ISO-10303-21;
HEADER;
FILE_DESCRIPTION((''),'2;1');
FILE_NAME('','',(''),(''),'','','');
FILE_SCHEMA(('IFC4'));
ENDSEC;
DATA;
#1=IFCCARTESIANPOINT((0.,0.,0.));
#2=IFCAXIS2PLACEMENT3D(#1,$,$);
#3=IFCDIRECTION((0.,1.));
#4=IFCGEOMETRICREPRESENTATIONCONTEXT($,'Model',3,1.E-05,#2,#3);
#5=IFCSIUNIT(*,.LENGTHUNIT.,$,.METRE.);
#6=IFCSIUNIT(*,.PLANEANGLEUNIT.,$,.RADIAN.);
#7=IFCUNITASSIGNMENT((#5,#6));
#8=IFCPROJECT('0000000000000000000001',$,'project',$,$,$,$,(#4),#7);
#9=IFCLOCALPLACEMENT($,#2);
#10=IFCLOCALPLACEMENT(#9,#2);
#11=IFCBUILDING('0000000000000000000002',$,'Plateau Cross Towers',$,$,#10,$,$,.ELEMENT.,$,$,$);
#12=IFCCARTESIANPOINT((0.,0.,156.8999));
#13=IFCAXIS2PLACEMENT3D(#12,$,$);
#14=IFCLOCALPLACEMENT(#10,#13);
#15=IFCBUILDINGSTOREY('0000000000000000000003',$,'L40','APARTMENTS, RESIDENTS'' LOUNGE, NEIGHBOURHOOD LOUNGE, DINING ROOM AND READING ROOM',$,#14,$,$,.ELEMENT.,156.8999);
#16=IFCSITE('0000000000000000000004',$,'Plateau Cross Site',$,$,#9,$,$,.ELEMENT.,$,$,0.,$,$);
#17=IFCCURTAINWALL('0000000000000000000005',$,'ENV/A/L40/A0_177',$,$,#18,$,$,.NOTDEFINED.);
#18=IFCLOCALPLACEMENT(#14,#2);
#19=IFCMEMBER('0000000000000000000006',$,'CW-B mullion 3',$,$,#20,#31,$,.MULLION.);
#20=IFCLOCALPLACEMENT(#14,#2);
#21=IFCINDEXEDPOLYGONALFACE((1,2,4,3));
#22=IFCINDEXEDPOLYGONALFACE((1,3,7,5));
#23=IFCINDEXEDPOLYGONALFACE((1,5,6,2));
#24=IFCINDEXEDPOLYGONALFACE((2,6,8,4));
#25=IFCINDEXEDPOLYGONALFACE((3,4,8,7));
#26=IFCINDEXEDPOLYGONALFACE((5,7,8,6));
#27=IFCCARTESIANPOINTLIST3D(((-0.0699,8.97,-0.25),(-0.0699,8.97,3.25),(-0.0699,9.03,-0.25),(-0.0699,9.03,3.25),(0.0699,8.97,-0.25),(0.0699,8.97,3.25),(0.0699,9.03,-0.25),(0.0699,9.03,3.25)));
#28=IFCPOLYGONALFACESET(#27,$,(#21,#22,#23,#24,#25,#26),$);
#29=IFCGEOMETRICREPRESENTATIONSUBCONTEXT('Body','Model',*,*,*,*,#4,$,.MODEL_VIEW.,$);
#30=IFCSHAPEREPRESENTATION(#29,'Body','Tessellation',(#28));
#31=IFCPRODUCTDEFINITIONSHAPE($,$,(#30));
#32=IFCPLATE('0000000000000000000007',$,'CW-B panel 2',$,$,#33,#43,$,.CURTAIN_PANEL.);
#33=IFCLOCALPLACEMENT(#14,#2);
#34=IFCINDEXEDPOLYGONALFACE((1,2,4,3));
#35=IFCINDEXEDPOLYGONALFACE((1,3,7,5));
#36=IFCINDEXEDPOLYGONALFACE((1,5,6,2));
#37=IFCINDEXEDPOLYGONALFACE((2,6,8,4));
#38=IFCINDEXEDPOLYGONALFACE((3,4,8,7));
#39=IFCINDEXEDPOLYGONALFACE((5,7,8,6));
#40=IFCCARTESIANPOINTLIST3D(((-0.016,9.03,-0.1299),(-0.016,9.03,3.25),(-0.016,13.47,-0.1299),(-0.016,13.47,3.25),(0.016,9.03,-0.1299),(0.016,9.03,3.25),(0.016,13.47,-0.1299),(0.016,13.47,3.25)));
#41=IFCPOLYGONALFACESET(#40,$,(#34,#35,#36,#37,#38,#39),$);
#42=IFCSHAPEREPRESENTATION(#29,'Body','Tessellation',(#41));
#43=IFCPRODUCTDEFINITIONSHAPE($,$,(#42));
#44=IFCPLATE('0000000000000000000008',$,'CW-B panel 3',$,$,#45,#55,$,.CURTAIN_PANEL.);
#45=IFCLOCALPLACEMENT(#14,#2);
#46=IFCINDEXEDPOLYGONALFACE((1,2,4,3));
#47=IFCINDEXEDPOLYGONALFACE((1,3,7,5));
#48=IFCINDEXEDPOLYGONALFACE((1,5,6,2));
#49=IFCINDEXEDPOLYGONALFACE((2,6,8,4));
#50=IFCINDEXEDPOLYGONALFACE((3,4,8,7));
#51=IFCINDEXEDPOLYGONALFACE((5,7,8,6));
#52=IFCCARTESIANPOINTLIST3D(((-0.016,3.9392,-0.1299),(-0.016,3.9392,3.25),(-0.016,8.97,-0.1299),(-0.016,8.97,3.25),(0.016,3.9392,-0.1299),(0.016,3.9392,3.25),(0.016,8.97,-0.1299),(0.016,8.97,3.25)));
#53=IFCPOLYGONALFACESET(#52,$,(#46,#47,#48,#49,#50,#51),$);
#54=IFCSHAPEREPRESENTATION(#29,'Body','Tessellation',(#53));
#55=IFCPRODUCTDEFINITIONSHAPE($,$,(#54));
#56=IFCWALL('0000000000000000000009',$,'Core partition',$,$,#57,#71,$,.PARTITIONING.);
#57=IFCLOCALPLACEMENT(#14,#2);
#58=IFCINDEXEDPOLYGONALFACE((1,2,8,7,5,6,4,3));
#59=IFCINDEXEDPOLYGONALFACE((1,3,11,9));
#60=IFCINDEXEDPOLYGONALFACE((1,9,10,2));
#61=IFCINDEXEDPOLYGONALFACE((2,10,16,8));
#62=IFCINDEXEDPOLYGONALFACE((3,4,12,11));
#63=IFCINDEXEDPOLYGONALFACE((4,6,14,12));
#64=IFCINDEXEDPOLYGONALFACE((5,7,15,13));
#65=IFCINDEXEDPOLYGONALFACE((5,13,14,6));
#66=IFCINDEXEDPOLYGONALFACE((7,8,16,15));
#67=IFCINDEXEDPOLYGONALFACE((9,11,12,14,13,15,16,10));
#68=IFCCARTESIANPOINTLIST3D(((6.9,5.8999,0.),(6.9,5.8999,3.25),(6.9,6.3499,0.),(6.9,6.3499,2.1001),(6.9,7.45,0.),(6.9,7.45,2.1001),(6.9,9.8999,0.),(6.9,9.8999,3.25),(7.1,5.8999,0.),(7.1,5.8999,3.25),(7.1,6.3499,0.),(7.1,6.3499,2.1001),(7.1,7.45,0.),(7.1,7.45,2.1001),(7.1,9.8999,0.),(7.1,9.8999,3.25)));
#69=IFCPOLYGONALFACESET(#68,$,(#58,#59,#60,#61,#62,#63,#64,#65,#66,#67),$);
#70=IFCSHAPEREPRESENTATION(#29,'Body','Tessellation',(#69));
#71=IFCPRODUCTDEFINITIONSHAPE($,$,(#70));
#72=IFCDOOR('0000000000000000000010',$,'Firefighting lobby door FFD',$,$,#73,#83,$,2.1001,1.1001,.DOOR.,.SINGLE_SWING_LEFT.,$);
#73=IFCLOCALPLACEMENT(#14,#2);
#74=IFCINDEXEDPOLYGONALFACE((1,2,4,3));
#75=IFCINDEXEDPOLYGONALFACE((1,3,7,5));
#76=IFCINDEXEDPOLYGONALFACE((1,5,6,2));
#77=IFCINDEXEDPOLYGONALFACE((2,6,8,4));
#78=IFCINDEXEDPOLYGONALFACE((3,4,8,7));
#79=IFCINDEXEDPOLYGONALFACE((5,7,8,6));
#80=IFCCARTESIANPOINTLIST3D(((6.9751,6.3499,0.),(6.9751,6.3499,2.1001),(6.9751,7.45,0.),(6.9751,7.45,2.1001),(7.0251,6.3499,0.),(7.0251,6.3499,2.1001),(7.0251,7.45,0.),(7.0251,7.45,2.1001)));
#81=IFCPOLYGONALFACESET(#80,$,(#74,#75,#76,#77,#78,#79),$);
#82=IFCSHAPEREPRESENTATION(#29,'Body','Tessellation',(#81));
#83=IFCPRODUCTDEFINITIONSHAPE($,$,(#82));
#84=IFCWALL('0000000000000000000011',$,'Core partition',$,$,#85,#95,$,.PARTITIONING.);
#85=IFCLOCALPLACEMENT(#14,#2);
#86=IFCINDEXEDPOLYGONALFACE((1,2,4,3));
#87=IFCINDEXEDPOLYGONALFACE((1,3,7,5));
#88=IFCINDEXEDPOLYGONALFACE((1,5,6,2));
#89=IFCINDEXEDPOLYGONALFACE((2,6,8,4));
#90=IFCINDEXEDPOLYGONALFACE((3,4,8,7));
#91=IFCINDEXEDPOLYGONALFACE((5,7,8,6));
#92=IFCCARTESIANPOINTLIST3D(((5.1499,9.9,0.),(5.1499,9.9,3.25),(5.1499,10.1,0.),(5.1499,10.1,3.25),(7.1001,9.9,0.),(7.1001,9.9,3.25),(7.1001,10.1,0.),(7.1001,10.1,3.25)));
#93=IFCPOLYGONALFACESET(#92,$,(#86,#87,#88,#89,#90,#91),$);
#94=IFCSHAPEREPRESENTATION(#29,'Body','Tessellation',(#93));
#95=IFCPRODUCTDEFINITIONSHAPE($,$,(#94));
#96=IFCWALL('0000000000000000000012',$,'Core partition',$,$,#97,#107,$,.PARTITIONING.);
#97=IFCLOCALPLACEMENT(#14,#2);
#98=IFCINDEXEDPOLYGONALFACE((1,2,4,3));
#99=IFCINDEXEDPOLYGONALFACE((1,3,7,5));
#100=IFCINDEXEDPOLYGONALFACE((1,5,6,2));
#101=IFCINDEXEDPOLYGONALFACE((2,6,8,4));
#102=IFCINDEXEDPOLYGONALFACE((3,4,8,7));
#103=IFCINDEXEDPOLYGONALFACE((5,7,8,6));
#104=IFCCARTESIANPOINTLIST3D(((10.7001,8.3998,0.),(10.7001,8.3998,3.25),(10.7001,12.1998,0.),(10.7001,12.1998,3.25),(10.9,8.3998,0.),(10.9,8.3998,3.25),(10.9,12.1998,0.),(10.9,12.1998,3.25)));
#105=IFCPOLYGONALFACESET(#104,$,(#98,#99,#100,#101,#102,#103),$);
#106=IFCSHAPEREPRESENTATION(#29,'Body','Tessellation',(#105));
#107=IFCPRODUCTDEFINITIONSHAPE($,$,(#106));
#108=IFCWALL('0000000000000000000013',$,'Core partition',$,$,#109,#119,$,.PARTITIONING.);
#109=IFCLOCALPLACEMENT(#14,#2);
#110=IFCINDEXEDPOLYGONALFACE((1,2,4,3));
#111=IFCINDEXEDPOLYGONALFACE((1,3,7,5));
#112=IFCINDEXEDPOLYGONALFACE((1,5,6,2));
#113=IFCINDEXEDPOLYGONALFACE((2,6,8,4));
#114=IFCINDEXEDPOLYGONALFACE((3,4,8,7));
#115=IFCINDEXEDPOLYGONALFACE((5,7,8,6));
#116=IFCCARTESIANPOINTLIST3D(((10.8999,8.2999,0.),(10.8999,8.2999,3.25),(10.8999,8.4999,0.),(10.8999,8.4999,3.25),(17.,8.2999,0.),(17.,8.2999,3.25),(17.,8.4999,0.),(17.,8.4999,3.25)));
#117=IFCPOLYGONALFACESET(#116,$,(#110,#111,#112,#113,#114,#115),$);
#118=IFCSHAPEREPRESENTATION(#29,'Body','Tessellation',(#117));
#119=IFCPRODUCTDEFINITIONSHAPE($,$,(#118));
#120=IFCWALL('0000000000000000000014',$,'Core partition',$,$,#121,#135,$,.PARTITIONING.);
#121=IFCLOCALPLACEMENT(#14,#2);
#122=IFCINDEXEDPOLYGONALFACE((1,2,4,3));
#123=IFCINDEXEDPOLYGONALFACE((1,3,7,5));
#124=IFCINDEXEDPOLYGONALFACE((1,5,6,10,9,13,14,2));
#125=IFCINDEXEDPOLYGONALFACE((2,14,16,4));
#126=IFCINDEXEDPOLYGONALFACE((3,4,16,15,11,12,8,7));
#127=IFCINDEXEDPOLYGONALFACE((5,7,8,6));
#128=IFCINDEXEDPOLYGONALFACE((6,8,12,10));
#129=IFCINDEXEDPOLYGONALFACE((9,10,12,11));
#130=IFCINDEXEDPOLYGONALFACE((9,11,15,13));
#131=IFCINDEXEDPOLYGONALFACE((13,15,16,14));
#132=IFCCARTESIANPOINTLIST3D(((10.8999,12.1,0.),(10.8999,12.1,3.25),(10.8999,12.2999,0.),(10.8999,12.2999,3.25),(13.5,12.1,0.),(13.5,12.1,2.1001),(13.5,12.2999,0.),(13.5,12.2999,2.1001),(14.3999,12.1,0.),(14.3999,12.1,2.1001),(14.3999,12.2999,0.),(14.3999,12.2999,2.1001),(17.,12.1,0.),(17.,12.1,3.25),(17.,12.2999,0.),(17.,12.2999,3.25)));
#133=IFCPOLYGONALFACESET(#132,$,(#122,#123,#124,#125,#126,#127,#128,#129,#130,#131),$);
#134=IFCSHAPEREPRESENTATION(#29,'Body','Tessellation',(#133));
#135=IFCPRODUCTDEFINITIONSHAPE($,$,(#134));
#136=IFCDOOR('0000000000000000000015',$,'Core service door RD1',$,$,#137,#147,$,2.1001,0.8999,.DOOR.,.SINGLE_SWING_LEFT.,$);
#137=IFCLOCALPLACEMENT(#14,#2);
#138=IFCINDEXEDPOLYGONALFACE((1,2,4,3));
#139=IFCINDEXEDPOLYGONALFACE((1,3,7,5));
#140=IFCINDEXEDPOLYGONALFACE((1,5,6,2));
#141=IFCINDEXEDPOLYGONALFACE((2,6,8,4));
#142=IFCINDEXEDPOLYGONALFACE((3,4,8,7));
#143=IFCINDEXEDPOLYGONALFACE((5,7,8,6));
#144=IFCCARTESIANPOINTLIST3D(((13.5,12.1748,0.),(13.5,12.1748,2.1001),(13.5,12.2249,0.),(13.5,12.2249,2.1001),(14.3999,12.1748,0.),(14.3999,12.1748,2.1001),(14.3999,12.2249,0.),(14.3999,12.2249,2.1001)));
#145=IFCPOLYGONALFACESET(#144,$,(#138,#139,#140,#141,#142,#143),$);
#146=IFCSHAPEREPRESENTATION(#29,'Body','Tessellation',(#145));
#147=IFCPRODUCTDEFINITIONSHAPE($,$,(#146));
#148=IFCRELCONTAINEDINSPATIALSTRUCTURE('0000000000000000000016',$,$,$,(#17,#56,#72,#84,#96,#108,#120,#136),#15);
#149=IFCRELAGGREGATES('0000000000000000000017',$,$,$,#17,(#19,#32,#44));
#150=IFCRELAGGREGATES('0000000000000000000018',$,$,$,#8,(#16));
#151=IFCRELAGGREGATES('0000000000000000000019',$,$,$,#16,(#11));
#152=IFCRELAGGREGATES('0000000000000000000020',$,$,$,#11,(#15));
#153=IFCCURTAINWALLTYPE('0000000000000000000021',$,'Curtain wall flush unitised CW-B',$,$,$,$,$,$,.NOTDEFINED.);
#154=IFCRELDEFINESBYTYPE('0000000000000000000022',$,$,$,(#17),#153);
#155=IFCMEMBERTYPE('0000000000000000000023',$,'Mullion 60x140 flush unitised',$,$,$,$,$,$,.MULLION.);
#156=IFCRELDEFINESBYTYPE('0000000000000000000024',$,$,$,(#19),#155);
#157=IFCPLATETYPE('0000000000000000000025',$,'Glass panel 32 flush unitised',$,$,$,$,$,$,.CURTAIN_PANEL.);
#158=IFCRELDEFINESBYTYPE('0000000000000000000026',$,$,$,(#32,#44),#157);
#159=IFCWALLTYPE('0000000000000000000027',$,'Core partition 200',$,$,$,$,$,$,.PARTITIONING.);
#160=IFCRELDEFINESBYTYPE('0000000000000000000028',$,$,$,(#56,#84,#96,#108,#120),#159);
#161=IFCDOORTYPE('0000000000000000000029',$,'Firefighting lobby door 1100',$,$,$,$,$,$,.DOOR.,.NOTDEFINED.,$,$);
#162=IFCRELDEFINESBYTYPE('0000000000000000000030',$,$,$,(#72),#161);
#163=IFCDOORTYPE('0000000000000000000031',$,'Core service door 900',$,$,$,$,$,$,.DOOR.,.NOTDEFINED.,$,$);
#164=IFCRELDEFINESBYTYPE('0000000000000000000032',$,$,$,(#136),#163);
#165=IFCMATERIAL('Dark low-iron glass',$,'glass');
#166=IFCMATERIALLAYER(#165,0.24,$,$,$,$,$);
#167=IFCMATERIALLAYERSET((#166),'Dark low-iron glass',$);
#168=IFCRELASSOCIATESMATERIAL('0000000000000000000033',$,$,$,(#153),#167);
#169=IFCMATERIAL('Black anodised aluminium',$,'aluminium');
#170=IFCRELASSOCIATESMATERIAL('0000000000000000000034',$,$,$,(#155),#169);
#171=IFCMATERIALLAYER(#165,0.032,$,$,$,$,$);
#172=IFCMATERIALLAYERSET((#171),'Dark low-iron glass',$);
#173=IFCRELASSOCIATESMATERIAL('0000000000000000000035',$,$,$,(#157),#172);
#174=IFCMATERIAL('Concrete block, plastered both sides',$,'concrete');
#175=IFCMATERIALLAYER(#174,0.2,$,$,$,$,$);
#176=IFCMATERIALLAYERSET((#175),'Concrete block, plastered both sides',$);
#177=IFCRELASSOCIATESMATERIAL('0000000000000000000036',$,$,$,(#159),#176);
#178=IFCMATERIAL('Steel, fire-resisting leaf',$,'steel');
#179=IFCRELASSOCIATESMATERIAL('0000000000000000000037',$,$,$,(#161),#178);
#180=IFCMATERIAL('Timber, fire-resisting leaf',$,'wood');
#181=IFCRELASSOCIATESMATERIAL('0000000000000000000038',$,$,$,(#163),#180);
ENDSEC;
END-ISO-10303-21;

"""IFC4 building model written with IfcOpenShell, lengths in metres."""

from ifc_helpers import new_model, si_unit, direction, frame, frame_2d, origin, origin_2d, place, context, subcontext, project, spatial, rectangle, extrude, material, layer, layer_set, material_profile, profile_set, type_object, element, fill, aggregate, save


model = new_model("IFC4")

# Units and contexts
model_context = context("Model", 3, precision=1e-05, world=origin(), true_north=direction((0.0, 1.0)))
body_context = subcontext(model_context, "Body", "Model", "MODEL_VIEW")
ifc_project = project(units=[si_unit("LENGTHUNIT", "METRE"), si_unit("PLANEANGLEUNIT", "RADIAN")], contexts=[model_context])

# Site, building, storey
site_placement = place(None, origin())
site = spatial("IfcSite", under=ifc_project, at=site_placement, Name="Plateau Cross Site", CompositionType="ELEMENT", RefElevation=0.0)
building_placement = place(site_placement, origin())
building = spatial("IfcBuilding", under=site, at=building_placement, Name="Plateau Cross Towers", CompositionType="ELEMENT")
storey_placement = place(building_placement, frame((0.0, 0.0, 156.8999)))
storey = spatial("IfcBuildingStorey", under=building, at=storey_placement, Name="L40", Description="APARTMENTS, RESIDENTS' LOUNGE, NEIGHBOURHOOD LOUNGE, DINING ROOM AND READING ROOM", CompositionType="ELEMENT", Elevation=156.8999)

# Curtain wall, member, plates
ifc_material_1 = material(Name="Dark low-iron glass", Category="glass")
ifc_layer_1 = layer(ifc_material_1, 0.24)
ifc_layer_set_1 = layer_set([ifc_layer_1], Name="Dark low-iron glass")
curtain_wall_type = type_object("IfcCurtainWallType", Name="Curtain wall flush unitised CW-B", PredefinedType="NOTDEFINED", material=ifc_layer_set_1)
curtain_wall_placement = place(storey_placement, origin())
curtain_wall = element("IfcCurtainWall", 1, at=curtain_wall_placement, inside=storey, type_object=curtain_wall_type, Name="ENV/A/L40/A0_177", PredefinedType="NOTDEFINED")
ifc_material_2 = material(Name="Black anodised aluminium", Category="aluminium")
ifc_material_profile = material_profile(ifc_material_2, rectangle(XDim=0.0601, YDim=0.1399, at=origin_2d()), Name="MULLION 60x140")
ifc_profile_set = profile_set([ifc_material_profile], Name="Black anodised aluminium")
member_type = type_object("IfcMemberType", Name="Mullion 60x140 flush unitised", PredefinedType="MULLION", material=ifc_profile_set)
member_placement = place(storey_placement, frame((0.0, 9.0, -0.25), z_axis=(0.0, 0.0, 1.0), x_axis=(0.0, -1.0, 0.0)))
member = element("IfcMember", 2, at=member_placement, type_object=member_type, Name="CW-B mullion 3", PredefinedType="MULLION", context=body_context, shape_type="SweptSolid", body=[
    extrude(rectangle(XDim=0.0601, YDim=0.1399, at=origin_2d()), origin(), (0.0, 0.0, 1.0), 3.5),
])
ifc_layer_2 = layer(ifc_material_1, 0.032)
ifc_layer_set_2 = layer_set([ifc_layer_2], Name="Dark low-iron glass")
plate_type = type_object("IfcPlateType", Name="Glass panel 32 flush unitised", PredefinedType="CURTAIN_PANEL", material=ifc_layer_set_2)
plate_1_placement = place(storey_placement, frame((0.0, 11.25, -0.1299), z_axis=(0.0, 0.0, 1.0), x_axis=(0.0, -1.0, 0.0)))
plate_1 = element("IfcPlate", 3, at=plate_1_placement, type_object=plate_type, Name="CW-B panel 2", PredefinedType="CURTAIN_PANEL", context=body_context, shape_type="SweptSolid", body=[
    extrude(rectangle(XDim=4.4399, YDim=0.032, at=origin_2d()), origin(), (0.0, 0.0, 1.0), 3.3799),
])
plate_2_placement = place(storey_placement, frame((0.0, 6.4546, -0.1299), z_axis=(0.0, 0.0, 1.0), x_axis=(0.0, -1.0, 0.0)))
plate_2 = element("IfcPlate", 4, at=plate_2_placement, type_object=plate_type, Name="CW-B panel 3", PredefinedType="CURTAIN_PANEL", context=body_context, shape_type="SweptSolid", body=[
    extrude(rectangle(XDim=5.0308, YDim=0.032, at=origin_2d()), origin(), (0.0, 0.0, 1.0), 3.3799),
])
aggregate(curtain_wall, [member, plate_1, plate_2])

# Wall, opening, door
ifc_material_3 = material(Name="Concrete block, plastered both sides", Category="concrete")
ifc_layer_3 = layer(ifc_material_3, 0.2)
ifc_layer_set_3 = layer_set([ifc_layer_3], Name="Concrete block, plastered both sides")
wall_type_1 = type_object("IfcWallType", Name="Core partition 200", PredefinedType="PARTITIONING", material=ifc_layer_set_3)
wall_1_placement = place(storey_placement, frame((7.0, 5.8999, 0.0), z_axis=(0.0, 0.0, 1.0), x_axis=(0.0, 1.0, 0.0)))
wall_1 = element("IfcWall", 5, at=wall_1_placement, inside=storey, type_object=wall_type_1, Name="Core partition", PredefinedType="PARTITIONING", context=body_context, shape_type="SweptSolid", body=[
    extrude(rectangle(XDim=4.0, YDim=0.2, at=frame_2d((2.0, 0.0))), origin(), (0.0, 0.0, 1.0), 3.25),
])
opening_1_placement = place(wall_1_placement, frame((0.45, 0.0, 0.0)))
opening_1 = element("IfcOpeningElement", 6, at=opening_1_placement, cuts=wall_1, PredefinedType="OPENING", context=body_context, shape_type="SweptSolid", body=[
    extrude(rectangle(XDim=1.1001, YDim=2.1001, at=frame_2d((0.55, 1.05))), frame((0.0, 0.1099, 0.0), z_axis=(0.0, -1.0, 0.0), x_axis=(1.0, 0.0, 0.0)), (0.0, 0.0, 1.0), 0.22),
])
ifc_material_4 = material(Name="Steel, fire-resisting leaf", Category="steel")
door_type_1 = type_object("IfcDoorType", Name="Firefighting lobby door 1100", OperationType="NOTDEFINED", PredefinedType="DOOR", material=ifc_material_4)
door_1_placement = place(opening_1_placement, origin())
door_1 = element("IfcDoor", 7, at=door_1_placement, inside=storey, type_object=door_type_1, Name="Firefighting lobby door FFD", OperationType="SINGLE_SWING_LEFT", OverallHeight=2.1001, OverallWidth=1.1001, PredefinedType="DOOR", context=body_context, shape_type="SweptSolid", body=[
    extrude(rectangle(XDim=1.1001, YDim=2.1001, at=frame_2d((0.55, 1.05))), frame((0.0, 0.0249, 0.0), z_axis=(0.0, -1.0, 0.0), x_axis=(1.0, 0.0, 0.0)), (0.0, 0.0, 1.0), 0.05),
])
fill(opening_1, door_1)

# Walls
wall_2_placement = place(storey_placement, frame((5.1499, 10.0, 0.0), z_axis=(0.0, 0.0, 1.0), x_axis=(1.0, 0.0, 0.0)))
element("IfcWall", 8, at=wall_2_placement, inside=storey, type_object=wall_type_1, Name="Core partition", PredefinedType="PARTITIONING", context=body_context, shape_type="SweptSolid", body=[
    extrude(rectangle(XDim=1.9502, YDim=0.2, at=frame_2d((0.9751, 0.0))), origin(), (0.0, 0.0, 1.0), 3.25),
])
wall_3_placement = place(storey_placement, frame((10.8, 8.3999, 0.0), z_axis=(0.0, 0.0, 1.0), x_axis=(0.0, 1.0, 0.0)))
element("IfcWall", 9, at=wall_3_placement, inside=storey, type_object=wall_type_1, Name="Core partition", PredefinedType="PARTITIONING", context=body_context, shape_type="SweptSolid", body=[
    extrude(rectangle(XDim=3.8, YDim=0.2, at=frame_2d((1.8999, 0.0))), origin(), (0.0, 0.0, 1.0), 3.25),
])
wall_4_placement = place(storey_placement, frame((10.8999, 8.3999, 0.0), z_axis=(0.0, 0.0, 1.0), x_axis=(1.0, 0.0, 0.0)))
element("IfcWall", 10, at=wall_4_placement, inside=storey, type_object=wall_type_1, Name="Core partition", PredefinedType="PARTITIONING", context=body_context, shape_type="SweptSolid", body=[
    extrude(rectangle(XDim=6.1001, YDim=0.2, at=frame_2d((3.05, 0.0))), origin(), (0.0, 0.0, 1.0), 3.25),
])

# Wall, opening, door
wall_5_placement = place(storey_placement, frame((10.8999, 12.2, 0.0), z_axis=(0.0, 0.0, 1.0), x_axis=(1.0, 0.0, 0.0)))
wall_5 = element("IfcWall", 11, at=wall_5_placement, inside=storey, type_object=wall_type_1, Name="Core partition", PredefinedType="PARTITIONING", context=body_context, shape_type="SweptSolid", body=[
    extrude(rectangle(XDim=6.1001, YDim=0.2, at=frame_2d((3.05, 0.0))), origin(), (0.0, 0.0, 1.0), 3.25),
])
opening_2_placement = place(wall_5_placement, frame((2.6001, 0.0, 0.0)))
opening_2 = element("IfcOpeningElement", 12, at=opening_2_placement, cuts=wall_5, PredefinedType="OPENING", context=body_context, shape_type="SweptSolid", body=[
    extrude(rectangle(XDim=0.8999, YDim=2.1001, at=frame_2d((0.45, 1.05))), frame((0.0, 0.1099, 0.0), z_axis=(0.0, -1.0, 0.0), x_axis=(1.0, 0.0, 0.0)), (0.0, 0.0, 1.0), 0.22),
])
ifc_material_5 = material(Name="Timber, fire-resisting leaf", Category="wood")
door_type_2 = type_object("IfcDoorType", Name="Core service door 900", OperationType="NOTDEFINED", PredefinedType="DOOR", material=ifc_material_5)
door_2_placement = place(opening_2_placement, origin())
door_2 = element("IfcDoor", 13, at=door_2_placement, inside=storey, type_object=door_type_2, Name="Core service door RD1", OperationType="SINGLE_SWING_LEFT", OverallHeight=2.1001, OverallWidth=0.8999, PredefinedType="DOOR", context=body_context, shape_type="SweptSolid", body=[
    extrude(rectangle(XDim=0.8999, YDim=2.1001, at=frame_2d((0.45, 1.05))), frame((0.0, 0.0249, 0.0), z_axis=(0.0, -1.0, 0.0), x_axis=(1.0, 0.0, 0.0)), (0.0, 0.0, 1.0), 0.05),
])
fill(opening_2, door_2)

save(model, "model.ifc")
